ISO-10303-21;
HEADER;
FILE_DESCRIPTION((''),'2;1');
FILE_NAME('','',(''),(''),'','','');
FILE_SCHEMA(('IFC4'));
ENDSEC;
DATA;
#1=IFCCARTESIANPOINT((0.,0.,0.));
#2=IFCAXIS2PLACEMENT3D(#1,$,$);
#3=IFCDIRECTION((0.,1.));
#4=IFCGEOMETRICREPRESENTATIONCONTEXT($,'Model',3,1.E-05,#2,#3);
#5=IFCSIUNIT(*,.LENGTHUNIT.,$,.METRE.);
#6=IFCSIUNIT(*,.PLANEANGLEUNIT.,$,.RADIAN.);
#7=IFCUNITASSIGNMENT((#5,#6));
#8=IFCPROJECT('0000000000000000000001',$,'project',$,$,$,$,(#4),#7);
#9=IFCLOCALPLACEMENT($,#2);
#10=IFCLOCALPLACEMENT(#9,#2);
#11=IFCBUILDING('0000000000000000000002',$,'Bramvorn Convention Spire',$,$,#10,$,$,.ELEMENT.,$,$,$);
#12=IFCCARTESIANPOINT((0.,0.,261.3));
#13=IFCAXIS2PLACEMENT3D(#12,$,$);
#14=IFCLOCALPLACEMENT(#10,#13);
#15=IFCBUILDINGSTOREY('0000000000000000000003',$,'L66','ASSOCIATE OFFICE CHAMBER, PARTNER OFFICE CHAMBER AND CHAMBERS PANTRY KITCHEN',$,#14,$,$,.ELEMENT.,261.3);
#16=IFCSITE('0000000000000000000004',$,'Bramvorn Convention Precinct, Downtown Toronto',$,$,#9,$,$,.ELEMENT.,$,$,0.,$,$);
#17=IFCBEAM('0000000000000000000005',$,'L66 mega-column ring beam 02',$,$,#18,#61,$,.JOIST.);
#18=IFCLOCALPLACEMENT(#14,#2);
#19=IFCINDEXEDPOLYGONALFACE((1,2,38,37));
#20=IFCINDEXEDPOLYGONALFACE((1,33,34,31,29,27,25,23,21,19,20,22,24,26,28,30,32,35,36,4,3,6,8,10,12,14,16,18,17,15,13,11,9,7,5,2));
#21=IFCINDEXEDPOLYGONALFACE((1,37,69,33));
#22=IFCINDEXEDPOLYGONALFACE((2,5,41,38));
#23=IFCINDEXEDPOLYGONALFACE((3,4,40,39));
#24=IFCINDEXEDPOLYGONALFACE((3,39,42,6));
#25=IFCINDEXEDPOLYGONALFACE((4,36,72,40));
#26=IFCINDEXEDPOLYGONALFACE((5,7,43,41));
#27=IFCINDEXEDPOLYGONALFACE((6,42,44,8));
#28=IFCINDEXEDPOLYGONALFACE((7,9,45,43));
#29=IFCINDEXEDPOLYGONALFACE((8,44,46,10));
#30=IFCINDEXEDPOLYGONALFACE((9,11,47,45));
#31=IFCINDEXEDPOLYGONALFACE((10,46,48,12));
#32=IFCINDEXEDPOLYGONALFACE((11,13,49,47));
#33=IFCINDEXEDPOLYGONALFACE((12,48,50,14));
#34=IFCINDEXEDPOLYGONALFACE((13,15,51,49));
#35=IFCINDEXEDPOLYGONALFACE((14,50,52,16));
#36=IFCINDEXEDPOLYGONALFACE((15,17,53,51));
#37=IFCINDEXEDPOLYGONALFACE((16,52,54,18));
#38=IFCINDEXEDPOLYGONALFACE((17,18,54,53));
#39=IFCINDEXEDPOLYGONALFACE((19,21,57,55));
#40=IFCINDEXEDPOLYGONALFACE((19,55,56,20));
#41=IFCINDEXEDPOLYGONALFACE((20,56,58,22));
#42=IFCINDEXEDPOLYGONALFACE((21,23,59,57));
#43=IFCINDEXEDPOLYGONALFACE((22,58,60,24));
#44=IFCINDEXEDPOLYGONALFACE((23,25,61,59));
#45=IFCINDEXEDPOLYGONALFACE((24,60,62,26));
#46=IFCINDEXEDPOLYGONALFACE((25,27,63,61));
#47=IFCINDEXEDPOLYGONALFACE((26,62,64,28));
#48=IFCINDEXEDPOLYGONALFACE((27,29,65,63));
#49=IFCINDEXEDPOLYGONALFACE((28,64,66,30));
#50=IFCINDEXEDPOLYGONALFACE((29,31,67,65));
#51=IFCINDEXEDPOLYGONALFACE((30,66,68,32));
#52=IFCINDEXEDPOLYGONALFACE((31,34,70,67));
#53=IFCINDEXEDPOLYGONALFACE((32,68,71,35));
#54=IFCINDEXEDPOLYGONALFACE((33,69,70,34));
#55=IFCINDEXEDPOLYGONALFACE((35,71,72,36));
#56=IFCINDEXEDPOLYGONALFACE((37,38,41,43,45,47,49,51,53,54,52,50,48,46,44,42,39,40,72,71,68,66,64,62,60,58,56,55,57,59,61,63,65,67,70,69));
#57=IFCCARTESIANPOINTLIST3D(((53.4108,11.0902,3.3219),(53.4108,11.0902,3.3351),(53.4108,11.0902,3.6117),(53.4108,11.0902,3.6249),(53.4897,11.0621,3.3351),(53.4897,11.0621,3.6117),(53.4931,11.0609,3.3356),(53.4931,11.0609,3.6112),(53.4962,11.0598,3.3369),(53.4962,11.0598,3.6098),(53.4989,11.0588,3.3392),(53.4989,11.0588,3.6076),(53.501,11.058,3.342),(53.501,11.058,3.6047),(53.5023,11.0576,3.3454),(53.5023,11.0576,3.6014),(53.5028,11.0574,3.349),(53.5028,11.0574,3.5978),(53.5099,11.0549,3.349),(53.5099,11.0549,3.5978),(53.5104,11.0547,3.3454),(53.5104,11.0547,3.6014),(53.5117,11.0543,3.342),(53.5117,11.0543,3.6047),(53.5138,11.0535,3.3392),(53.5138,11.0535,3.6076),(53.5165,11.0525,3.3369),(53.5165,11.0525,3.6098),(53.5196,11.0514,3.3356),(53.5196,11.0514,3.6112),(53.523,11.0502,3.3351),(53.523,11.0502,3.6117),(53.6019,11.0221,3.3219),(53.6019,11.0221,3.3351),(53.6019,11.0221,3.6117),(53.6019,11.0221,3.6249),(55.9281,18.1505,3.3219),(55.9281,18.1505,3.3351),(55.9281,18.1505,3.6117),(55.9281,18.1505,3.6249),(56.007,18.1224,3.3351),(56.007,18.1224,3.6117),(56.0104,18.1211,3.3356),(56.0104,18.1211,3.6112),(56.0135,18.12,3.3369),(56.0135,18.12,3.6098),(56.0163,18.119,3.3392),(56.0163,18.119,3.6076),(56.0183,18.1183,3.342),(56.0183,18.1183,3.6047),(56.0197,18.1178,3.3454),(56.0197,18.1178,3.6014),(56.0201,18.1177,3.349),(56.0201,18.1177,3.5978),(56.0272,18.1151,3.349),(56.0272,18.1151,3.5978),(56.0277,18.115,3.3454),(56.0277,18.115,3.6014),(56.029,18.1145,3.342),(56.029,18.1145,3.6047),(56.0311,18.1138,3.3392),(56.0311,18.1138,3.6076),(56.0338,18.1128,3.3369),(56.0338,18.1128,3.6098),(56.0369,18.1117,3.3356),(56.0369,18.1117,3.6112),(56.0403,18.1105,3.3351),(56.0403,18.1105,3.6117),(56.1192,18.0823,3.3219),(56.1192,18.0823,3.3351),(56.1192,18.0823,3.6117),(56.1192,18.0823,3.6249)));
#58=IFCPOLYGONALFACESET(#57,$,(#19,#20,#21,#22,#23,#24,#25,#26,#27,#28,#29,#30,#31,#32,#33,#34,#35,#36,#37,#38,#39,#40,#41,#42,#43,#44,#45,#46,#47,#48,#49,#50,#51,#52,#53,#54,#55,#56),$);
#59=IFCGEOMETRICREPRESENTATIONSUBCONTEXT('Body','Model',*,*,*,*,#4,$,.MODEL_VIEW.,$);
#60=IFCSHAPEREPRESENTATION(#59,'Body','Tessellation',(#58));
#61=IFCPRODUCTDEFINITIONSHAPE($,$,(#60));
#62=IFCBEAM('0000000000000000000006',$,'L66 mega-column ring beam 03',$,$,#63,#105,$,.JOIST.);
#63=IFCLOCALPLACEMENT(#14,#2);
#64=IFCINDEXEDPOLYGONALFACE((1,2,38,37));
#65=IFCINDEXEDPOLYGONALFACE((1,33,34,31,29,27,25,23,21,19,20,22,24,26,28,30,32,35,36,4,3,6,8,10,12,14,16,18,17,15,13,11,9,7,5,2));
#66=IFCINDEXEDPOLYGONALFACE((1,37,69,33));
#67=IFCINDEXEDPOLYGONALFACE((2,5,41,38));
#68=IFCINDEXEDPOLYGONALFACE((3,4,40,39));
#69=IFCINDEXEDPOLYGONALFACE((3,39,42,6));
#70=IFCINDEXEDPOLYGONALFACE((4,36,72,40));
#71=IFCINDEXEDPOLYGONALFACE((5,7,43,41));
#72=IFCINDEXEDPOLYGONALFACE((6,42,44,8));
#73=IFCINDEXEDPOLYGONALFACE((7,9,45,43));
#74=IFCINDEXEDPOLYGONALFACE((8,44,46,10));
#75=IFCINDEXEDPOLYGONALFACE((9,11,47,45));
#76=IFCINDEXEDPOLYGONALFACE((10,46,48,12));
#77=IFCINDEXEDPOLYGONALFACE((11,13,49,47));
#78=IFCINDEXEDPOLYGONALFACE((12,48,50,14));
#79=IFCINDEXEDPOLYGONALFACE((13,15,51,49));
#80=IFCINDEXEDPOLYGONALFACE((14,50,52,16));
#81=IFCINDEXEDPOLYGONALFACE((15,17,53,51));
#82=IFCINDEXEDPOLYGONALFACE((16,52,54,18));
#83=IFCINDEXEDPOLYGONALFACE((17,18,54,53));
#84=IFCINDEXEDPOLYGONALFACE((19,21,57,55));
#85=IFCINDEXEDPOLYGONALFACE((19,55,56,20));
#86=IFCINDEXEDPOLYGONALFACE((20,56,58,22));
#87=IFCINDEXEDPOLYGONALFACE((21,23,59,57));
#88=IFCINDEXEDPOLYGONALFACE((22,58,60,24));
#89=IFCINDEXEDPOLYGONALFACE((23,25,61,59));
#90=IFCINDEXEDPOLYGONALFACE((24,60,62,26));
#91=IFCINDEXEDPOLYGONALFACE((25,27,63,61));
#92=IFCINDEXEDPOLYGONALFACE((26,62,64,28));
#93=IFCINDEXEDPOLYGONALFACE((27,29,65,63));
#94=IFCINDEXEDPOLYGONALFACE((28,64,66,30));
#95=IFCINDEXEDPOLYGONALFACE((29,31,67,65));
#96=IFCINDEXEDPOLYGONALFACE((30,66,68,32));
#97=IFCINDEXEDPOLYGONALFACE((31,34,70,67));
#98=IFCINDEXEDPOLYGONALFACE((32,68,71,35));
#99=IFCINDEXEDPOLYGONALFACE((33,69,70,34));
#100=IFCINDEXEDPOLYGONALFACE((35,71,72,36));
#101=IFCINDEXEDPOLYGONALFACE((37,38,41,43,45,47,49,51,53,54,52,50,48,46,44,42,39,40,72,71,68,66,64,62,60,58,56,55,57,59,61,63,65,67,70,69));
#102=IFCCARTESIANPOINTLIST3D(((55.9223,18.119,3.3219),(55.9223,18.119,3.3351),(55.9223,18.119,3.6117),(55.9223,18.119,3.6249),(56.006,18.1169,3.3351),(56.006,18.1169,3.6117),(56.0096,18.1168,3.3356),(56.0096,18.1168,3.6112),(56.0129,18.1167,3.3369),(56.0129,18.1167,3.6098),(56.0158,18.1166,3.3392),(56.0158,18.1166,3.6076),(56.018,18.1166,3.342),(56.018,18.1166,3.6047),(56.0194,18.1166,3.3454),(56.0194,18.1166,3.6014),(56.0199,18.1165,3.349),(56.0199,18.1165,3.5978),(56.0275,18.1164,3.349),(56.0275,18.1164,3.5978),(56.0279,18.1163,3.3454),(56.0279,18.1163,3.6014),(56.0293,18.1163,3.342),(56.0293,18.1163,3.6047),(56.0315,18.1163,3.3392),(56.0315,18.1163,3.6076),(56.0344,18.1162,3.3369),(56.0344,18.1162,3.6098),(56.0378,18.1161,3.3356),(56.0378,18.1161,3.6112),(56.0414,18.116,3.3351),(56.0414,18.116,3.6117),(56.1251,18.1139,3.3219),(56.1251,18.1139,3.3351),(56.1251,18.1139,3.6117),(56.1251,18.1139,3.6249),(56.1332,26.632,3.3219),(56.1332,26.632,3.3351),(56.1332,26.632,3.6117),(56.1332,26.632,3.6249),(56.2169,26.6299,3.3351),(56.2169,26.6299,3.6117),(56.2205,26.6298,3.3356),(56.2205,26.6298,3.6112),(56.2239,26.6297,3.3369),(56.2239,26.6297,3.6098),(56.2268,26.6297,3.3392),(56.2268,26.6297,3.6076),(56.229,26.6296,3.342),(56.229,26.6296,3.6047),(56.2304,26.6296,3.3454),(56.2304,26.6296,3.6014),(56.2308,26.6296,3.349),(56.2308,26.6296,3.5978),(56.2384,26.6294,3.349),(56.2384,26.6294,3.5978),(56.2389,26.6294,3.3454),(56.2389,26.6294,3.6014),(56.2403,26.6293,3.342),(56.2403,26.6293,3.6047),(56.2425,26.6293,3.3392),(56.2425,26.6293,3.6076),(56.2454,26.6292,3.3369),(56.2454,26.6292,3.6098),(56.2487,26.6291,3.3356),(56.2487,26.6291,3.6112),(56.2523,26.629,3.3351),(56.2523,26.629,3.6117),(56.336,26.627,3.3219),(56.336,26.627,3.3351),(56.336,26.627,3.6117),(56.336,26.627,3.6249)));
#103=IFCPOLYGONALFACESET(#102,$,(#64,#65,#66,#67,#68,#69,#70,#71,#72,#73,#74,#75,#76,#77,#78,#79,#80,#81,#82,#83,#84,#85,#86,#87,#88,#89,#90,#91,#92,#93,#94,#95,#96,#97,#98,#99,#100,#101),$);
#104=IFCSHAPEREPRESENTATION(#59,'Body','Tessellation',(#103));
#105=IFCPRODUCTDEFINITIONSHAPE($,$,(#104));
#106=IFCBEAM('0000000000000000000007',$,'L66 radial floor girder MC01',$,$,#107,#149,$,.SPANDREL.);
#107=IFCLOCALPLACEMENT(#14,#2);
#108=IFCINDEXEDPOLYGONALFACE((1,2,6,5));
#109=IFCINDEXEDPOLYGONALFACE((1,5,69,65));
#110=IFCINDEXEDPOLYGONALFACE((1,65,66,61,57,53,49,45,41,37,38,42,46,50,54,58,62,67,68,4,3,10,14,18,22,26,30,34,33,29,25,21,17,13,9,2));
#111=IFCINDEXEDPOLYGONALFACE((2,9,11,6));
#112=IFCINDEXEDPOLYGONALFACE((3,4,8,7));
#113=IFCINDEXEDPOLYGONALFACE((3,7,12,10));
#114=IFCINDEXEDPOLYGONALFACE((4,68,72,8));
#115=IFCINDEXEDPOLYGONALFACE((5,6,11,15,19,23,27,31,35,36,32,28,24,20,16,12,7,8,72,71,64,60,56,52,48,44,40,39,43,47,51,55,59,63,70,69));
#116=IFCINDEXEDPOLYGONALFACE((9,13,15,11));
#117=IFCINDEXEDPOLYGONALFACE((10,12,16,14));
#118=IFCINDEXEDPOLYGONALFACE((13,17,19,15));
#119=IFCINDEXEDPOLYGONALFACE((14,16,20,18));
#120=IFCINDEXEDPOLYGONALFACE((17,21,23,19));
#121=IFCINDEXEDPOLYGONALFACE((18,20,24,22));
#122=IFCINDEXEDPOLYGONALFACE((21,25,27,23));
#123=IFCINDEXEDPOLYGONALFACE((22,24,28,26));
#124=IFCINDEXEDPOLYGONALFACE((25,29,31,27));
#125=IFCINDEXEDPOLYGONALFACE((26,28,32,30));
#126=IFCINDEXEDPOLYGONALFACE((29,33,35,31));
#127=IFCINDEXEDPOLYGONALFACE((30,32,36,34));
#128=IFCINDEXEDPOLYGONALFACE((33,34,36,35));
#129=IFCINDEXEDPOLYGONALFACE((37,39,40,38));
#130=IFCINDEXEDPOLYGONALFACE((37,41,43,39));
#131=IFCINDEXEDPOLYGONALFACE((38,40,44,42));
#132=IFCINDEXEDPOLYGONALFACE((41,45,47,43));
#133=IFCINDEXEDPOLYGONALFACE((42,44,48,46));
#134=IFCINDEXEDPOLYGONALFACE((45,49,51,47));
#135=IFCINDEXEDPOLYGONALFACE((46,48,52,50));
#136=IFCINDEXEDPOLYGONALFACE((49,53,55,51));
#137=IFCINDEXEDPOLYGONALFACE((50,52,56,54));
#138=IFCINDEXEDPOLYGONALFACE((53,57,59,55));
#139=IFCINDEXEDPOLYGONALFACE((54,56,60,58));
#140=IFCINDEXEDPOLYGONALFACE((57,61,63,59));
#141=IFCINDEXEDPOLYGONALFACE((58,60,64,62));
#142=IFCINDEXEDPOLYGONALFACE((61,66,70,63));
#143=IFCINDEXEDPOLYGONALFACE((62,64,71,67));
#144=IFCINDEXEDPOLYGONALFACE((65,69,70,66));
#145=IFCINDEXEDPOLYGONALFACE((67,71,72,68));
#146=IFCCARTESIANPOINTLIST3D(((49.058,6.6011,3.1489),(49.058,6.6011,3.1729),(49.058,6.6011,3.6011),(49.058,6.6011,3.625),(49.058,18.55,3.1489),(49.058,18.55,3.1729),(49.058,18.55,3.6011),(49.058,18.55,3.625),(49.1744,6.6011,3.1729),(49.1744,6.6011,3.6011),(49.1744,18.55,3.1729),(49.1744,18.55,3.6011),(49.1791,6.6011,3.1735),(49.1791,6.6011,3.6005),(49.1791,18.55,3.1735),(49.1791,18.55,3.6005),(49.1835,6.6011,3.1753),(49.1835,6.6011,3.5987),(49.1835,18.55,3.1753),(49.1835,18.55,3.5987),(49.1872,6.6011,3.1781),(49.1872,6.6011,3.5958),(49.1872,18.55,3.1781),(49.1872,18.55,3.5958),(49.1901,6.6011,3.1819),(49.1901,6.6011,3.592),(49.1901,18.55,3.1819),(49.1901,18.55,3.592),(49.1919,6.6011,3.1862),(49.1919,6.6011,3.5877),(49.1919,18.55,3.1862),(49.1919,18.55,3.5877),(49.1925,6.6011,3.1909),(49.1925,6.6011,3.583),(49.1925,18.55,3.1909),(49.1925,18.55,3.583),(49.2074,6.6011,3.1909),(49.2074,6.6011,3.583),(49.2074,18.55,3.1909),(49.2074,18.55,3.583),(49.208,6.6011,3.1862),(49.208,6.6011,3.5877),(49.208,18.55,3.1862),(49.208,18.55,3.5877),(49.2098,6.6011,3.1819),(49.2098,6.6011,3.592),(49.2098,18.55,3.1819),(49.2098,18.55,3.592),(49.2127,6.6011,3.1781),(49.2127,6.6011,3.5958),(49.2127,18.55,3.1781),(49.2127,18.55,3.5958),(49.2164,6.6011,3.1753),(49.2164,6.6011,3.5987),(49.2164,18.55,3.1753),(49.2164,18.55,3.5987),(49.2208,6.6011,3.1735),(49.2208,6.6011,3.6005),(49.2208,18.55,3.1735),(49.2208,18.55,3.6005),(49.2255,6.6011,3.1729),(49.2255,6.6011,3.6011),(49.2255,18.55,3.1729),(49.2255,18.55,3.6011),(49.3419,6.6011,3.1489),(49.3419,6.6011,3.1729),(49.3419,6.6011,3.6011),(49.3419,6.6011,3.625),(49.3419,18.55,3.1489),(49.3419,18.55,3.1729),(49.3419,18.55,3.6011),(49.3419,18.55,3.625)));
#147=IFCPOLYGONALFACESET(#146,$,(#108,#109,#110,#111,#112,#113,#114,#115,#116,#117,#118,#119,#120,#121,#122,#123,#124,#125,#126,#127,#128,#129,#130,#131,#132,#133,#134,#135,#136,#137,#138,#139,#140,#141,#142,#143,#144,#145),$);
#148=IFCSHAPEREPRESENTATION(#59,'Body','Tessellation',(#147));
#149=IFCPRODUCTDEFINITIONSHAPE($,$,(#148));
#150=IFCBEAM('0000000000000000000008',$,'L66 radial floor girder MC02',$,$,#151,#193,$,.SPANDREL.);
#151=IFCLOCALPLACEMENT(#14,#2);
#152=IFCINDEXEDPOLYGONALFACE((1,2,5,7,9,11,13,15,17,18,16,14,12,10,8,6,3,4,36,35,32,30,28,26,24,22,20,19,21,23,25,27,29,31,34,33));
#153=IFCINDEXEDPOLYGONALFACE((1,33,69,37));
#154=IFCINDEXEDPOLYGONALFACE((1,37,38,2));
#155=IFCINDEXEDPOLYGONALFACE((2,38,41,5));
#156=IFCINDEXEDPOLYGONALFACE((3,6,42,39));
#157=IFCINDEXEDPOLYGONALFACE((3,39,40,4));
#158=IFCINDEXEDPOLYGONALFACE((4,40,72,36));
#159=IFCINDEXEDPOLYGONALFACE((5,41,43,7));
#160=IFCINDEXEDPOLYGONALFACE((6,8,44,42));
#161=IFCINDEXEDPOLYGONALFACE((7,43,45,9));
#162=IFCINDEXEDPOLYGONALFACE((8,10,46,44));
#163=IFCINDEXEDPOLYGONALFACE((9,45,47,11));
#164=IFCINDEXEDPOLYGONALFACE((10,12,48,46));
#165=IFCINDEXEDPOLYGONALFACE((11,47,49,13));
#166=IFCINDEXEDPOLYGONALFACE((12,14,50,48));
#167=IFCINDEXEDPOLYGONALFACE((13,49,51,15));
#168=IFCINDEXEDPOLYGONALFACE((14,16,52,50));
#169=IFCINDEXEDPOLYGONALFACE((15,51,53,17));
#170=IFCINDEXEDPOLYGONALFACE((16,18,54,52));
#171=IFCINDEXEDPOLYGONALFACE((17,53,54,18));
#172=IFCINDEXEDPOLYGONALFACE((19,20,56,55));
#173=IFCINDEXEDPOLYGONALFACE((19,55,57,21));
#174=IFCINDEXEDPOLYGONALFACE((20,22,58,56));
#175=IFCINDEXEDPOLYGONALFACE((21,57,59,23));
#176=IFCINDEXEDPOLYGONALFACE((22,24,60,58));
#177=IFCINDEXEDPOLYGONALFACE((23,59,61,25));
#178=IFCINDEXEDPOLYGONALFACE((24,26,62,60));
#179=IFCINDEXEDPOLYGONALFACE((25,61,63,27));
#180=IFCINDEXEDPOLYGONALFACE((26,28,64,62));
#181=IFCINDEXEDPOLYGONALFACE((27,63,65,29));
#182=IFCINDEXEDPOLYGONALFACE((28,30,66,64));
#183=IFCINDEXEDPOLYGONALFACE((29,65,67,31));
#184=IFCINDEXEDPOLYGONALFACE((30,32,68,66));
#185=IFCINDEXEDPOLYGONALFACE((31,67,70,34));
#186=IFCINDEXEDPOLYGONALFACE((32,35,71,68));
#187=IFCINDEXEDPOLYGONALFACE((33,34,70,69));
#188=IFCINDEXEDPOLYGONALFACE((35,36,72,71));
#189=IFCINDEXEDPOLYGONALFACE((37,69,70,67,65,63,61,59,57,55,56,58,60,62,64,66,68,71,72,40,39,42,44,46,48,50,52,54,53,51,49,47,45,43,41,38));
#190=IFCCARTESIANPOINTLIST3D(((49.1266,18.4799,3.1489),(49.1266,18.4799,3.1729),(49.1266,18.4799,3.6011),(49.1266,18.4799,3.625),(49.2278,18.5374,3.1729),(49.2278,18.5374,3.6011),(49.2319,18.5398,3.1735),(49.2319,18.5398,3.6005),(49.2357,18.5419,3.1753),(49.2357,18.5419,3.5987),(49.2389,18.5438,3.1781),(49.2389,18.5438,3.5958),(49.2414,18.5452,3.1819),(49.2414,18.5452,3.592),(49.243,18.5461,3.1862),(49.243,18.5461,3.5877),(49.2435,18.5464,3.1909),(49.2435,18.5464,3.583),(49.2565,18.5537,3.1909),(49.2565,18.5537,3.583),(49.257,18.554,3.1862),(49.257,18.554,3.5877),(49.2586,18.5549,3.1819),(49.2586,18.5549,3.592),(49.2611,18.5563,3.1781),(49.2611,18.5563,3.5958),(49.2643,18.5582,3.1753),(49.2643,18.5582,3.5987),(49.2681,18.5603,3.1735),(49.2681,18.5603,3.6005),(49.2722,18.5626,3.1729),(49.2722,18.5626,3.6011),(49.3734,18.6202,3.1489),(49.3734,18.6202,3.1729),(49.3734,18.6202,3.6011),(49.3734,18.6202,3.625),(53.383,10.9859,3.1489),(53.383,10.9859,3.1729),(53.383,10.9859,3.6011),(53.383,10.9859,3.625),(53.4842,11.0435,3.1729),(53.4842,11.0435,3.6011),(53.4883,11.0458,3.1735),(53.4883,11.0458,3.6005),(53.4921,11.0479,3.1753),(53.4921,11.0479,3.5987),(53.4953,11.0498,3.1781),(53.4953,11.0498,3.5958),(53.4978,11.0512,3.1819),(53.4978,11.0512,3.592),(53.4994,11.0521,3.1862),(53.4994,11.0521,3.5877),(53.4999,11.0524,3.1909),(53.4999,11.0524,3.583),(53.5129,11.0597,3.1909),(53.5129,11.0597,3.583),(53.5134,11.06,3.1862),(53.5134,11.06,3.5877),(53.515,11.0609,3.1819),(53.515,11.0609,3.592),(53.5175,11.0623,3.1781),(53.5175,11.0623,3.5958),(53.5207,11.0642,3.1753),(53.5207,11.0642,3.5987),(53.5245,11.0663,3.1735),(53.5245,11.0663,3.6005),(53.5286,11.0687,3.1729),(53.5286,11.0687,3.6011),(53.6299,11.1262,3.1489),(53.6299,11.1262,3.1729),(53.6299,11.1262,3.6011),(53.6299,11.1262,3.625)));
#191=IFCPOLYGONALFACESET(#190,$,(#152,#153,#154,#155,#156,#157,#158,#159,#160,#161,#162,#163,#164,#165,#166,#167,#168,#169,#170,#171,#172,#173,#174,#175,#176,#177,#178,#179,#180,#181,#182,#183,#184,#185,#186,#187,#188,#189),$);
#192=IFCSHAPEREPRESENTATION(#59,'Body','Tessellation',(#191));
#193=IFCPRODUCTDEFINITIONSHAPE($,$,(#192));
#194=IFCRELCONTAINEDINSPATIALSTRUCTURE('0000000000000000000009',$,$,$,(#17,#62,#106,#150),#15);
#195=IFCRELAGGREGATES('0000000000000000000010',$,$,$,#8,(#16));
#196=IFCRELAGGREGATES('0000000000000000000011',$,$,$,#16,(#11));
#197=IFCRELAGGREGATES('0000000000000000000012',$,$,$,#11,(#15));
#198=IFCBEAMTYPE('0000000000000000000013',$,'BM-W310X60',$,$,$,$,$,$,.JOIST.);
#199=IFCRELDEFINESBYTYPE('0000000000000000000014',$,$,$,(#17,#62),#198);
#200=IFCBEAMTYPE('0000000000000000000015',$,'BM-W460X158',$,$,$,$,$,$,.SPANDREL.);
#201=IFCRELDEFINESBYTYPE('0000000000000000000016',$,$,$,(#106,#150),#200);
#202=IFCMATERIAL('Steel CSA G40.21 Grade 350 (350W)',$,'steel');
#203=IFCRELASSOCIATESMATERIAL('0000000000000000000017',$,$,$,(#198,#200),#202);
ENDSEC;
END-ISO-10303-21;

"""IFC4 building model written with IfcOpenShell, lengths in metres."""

from ifc_helpers import new_model, si_unit, direction, frame, origin, origin_2d, place, context, subcontext, project, spatial, i_section, extrude, material, material_profile, profile_set, type_object, element, save


model = new_model("IFC4")

# Units and contexts
model_context = context("Model", 3, precision=1e-05, world=origin(), true_north=direction((0.0, 1.0)))
body_context = subcontext(model_context, "Body", "Model", "MODEL_VIEW")
ifc_project = project(units=[si_unit("LENGTHUNIT", "METRE"), si_unit("PLANEANGLEUNIT", "RADIAN")], contexts=[model_context])

# Site, building, storey
site_placement = place(None, origin())
site = spatial("IfcSite", under=ifc_project, at=site_placement, Name="Bramvorn Convention Precinct, Downtown Toronto", CompositionType="ELEMENT", RefElevation=0.0)
building_placement = place(site_placement, origin())
building = spatial("IfcBuilding", under=site, at=building_placement, Name="Bramvorn Convention Spire", CompositionType="ELEMENT")
storey_placement = place(building_placement, frame((0.0, 0.0, 261.3)))
storey = spatial("IfcBuildingStorey", under=building, at=storey_placement, Name="L66", Description="ASSOCIATE OFFICE CHAMBER, PARTNER OFFICE CHAMBER AND CHAMBERS PANTRY KITCHEN", CompositionType="ELEMENT", Elevation=261.3)

# Shared definitions
ifc_material_1 = material(Name="Steel CSA G40.21 Grade 350 (350W)", Category="steel")

# Beams
ifc_material_profile_1 = material_profile(ifc_material_1, i_section(OverallWidth=0.2029, OverallDepth=0.303, WebThickness=0.0076, FlangeThickness=0.0132, FilletRadius=0.0139, at=origin_2d()))
ifc_profile_set_1 = profile_set([ifc_material_profile_1], Name="Steel CSA G40.21 Grade 350 (350W) - W310X60")
beam_type_1 = type_object("IfcBeamType", Name="BM-W310X60", PredefinedType="JOIST", material=ifc_profile_set_1)
beam_1_placement = place(storey_placement, frame((53.5063, 11.0562, 3.4734), z_axis=(0.335839, 0.941919, 0.0), x_axis=(-0.941919, 0.335839, 0.0)))
element("IfcBeam", 1, at=beam_1_placement, inside=storey, type_object=beam_type_1, Name="L66 mega-column ring beam 02", PredefinedType="JOIST", context=body_context, shape_type="SweptSolid", body=[
    extrude(i_section(OverallWidth=0.2029, OverallDepth=0.303, WebThickness=0.0076, FlangeThickness=0.0132, FilletRadius=0.0139, at=origin_2d()), origin(), (0.0, 0.0, 1.0), 7.4956),
])
beam_2_placement = place(storey_placement, frame((56.0237, 18.1165, 3.4734), z_axis=(0.024771, 0.999693, 0.0), x_axis=(-0.999693, 0.024771, 0.0)))
element("IfcBeam", 2, at=beam_2_placement, inside=storey, type_object=beam_type_1, Name="L66 mega-column ring beam 03", PredefinedType="JOIST", context=body_context, shape_type="SweptSolid", body=[
    extrude(i_section(OverallWidth=0.2029, OverallDepth=0.303, WebThickness=0.0076, FlangeThickness=0.0132, FilletRadius=0.0139, at=origin_2d()), origin(), (0.0, 0.0, 1.0), 8.5156),
])
ifc_material_profile_2 = material_profile(ifc_material_1, i_section(OverallWidth=0.2839, OverallDepth=0.4761, WebThickness=0.0149, FlangeThickness=0.0239, FilletRadius=0.0181, at=origin_2d()))
ifc_profile_set_2 = profile_set([ifc_material_profile_2], Name="Steel CSA G40.21 Grade 350 (350W) - W460X158")
beam_type_2 = type_object("IfcBeamType", Name="BM-W460X158", PredefinedType="SPANDREL", material=ifc_profile_set_2)
beam_3_placement = place(storey_placement, frame((49.2, 18.55, 3.387), z_axis=(0.0, -1.0, 0.0), x_axis=(1.0, 0.0, 0.0)))
element("IfcBeam", 3, at=beam_3_placement, inside=storey, type_object=beam_type_2, Name="L66 radial floor girder MC01", PredefinedType="SPANDREL", context=body_context, shape_type="SweptSolid", body=[
    extrude(i_section(OverallWidth=0.2839, OverallDepth=0.4761, WebThickness=0.0149, FlangeThickness=0.0239, FilletRadius=0.0181, at=origin_2d()), origin(), (0.0, 0.0, 1.0), 11.949),
])
beam_4_placement = place(storey_placement, frame((49.25, 18.55, 3.387), z_axis=(0.493874, -0.869534, 0.0), x_axis=(0.869534, 0.493874, 0.0)))
element("IfcBeam", 4, at=beam_4_placement, inside=storey, type_object=beam_type_2, Name="L66 radial floor girder MC02", PredefinedType="SPANDREL", context=body_context, shape_type="SweptSolid", body=[
    extrude(i_section(OverallWidth=0.2839, OverallDepth=0.4761, WebThickness=0.0149, FlangeThickness=0.0239, FilletRadius=0.0181, at=origin_2d()), origin(), (0.0, 0.0, 1.0), 8.6184),
])

save(model, "model.ifc")
